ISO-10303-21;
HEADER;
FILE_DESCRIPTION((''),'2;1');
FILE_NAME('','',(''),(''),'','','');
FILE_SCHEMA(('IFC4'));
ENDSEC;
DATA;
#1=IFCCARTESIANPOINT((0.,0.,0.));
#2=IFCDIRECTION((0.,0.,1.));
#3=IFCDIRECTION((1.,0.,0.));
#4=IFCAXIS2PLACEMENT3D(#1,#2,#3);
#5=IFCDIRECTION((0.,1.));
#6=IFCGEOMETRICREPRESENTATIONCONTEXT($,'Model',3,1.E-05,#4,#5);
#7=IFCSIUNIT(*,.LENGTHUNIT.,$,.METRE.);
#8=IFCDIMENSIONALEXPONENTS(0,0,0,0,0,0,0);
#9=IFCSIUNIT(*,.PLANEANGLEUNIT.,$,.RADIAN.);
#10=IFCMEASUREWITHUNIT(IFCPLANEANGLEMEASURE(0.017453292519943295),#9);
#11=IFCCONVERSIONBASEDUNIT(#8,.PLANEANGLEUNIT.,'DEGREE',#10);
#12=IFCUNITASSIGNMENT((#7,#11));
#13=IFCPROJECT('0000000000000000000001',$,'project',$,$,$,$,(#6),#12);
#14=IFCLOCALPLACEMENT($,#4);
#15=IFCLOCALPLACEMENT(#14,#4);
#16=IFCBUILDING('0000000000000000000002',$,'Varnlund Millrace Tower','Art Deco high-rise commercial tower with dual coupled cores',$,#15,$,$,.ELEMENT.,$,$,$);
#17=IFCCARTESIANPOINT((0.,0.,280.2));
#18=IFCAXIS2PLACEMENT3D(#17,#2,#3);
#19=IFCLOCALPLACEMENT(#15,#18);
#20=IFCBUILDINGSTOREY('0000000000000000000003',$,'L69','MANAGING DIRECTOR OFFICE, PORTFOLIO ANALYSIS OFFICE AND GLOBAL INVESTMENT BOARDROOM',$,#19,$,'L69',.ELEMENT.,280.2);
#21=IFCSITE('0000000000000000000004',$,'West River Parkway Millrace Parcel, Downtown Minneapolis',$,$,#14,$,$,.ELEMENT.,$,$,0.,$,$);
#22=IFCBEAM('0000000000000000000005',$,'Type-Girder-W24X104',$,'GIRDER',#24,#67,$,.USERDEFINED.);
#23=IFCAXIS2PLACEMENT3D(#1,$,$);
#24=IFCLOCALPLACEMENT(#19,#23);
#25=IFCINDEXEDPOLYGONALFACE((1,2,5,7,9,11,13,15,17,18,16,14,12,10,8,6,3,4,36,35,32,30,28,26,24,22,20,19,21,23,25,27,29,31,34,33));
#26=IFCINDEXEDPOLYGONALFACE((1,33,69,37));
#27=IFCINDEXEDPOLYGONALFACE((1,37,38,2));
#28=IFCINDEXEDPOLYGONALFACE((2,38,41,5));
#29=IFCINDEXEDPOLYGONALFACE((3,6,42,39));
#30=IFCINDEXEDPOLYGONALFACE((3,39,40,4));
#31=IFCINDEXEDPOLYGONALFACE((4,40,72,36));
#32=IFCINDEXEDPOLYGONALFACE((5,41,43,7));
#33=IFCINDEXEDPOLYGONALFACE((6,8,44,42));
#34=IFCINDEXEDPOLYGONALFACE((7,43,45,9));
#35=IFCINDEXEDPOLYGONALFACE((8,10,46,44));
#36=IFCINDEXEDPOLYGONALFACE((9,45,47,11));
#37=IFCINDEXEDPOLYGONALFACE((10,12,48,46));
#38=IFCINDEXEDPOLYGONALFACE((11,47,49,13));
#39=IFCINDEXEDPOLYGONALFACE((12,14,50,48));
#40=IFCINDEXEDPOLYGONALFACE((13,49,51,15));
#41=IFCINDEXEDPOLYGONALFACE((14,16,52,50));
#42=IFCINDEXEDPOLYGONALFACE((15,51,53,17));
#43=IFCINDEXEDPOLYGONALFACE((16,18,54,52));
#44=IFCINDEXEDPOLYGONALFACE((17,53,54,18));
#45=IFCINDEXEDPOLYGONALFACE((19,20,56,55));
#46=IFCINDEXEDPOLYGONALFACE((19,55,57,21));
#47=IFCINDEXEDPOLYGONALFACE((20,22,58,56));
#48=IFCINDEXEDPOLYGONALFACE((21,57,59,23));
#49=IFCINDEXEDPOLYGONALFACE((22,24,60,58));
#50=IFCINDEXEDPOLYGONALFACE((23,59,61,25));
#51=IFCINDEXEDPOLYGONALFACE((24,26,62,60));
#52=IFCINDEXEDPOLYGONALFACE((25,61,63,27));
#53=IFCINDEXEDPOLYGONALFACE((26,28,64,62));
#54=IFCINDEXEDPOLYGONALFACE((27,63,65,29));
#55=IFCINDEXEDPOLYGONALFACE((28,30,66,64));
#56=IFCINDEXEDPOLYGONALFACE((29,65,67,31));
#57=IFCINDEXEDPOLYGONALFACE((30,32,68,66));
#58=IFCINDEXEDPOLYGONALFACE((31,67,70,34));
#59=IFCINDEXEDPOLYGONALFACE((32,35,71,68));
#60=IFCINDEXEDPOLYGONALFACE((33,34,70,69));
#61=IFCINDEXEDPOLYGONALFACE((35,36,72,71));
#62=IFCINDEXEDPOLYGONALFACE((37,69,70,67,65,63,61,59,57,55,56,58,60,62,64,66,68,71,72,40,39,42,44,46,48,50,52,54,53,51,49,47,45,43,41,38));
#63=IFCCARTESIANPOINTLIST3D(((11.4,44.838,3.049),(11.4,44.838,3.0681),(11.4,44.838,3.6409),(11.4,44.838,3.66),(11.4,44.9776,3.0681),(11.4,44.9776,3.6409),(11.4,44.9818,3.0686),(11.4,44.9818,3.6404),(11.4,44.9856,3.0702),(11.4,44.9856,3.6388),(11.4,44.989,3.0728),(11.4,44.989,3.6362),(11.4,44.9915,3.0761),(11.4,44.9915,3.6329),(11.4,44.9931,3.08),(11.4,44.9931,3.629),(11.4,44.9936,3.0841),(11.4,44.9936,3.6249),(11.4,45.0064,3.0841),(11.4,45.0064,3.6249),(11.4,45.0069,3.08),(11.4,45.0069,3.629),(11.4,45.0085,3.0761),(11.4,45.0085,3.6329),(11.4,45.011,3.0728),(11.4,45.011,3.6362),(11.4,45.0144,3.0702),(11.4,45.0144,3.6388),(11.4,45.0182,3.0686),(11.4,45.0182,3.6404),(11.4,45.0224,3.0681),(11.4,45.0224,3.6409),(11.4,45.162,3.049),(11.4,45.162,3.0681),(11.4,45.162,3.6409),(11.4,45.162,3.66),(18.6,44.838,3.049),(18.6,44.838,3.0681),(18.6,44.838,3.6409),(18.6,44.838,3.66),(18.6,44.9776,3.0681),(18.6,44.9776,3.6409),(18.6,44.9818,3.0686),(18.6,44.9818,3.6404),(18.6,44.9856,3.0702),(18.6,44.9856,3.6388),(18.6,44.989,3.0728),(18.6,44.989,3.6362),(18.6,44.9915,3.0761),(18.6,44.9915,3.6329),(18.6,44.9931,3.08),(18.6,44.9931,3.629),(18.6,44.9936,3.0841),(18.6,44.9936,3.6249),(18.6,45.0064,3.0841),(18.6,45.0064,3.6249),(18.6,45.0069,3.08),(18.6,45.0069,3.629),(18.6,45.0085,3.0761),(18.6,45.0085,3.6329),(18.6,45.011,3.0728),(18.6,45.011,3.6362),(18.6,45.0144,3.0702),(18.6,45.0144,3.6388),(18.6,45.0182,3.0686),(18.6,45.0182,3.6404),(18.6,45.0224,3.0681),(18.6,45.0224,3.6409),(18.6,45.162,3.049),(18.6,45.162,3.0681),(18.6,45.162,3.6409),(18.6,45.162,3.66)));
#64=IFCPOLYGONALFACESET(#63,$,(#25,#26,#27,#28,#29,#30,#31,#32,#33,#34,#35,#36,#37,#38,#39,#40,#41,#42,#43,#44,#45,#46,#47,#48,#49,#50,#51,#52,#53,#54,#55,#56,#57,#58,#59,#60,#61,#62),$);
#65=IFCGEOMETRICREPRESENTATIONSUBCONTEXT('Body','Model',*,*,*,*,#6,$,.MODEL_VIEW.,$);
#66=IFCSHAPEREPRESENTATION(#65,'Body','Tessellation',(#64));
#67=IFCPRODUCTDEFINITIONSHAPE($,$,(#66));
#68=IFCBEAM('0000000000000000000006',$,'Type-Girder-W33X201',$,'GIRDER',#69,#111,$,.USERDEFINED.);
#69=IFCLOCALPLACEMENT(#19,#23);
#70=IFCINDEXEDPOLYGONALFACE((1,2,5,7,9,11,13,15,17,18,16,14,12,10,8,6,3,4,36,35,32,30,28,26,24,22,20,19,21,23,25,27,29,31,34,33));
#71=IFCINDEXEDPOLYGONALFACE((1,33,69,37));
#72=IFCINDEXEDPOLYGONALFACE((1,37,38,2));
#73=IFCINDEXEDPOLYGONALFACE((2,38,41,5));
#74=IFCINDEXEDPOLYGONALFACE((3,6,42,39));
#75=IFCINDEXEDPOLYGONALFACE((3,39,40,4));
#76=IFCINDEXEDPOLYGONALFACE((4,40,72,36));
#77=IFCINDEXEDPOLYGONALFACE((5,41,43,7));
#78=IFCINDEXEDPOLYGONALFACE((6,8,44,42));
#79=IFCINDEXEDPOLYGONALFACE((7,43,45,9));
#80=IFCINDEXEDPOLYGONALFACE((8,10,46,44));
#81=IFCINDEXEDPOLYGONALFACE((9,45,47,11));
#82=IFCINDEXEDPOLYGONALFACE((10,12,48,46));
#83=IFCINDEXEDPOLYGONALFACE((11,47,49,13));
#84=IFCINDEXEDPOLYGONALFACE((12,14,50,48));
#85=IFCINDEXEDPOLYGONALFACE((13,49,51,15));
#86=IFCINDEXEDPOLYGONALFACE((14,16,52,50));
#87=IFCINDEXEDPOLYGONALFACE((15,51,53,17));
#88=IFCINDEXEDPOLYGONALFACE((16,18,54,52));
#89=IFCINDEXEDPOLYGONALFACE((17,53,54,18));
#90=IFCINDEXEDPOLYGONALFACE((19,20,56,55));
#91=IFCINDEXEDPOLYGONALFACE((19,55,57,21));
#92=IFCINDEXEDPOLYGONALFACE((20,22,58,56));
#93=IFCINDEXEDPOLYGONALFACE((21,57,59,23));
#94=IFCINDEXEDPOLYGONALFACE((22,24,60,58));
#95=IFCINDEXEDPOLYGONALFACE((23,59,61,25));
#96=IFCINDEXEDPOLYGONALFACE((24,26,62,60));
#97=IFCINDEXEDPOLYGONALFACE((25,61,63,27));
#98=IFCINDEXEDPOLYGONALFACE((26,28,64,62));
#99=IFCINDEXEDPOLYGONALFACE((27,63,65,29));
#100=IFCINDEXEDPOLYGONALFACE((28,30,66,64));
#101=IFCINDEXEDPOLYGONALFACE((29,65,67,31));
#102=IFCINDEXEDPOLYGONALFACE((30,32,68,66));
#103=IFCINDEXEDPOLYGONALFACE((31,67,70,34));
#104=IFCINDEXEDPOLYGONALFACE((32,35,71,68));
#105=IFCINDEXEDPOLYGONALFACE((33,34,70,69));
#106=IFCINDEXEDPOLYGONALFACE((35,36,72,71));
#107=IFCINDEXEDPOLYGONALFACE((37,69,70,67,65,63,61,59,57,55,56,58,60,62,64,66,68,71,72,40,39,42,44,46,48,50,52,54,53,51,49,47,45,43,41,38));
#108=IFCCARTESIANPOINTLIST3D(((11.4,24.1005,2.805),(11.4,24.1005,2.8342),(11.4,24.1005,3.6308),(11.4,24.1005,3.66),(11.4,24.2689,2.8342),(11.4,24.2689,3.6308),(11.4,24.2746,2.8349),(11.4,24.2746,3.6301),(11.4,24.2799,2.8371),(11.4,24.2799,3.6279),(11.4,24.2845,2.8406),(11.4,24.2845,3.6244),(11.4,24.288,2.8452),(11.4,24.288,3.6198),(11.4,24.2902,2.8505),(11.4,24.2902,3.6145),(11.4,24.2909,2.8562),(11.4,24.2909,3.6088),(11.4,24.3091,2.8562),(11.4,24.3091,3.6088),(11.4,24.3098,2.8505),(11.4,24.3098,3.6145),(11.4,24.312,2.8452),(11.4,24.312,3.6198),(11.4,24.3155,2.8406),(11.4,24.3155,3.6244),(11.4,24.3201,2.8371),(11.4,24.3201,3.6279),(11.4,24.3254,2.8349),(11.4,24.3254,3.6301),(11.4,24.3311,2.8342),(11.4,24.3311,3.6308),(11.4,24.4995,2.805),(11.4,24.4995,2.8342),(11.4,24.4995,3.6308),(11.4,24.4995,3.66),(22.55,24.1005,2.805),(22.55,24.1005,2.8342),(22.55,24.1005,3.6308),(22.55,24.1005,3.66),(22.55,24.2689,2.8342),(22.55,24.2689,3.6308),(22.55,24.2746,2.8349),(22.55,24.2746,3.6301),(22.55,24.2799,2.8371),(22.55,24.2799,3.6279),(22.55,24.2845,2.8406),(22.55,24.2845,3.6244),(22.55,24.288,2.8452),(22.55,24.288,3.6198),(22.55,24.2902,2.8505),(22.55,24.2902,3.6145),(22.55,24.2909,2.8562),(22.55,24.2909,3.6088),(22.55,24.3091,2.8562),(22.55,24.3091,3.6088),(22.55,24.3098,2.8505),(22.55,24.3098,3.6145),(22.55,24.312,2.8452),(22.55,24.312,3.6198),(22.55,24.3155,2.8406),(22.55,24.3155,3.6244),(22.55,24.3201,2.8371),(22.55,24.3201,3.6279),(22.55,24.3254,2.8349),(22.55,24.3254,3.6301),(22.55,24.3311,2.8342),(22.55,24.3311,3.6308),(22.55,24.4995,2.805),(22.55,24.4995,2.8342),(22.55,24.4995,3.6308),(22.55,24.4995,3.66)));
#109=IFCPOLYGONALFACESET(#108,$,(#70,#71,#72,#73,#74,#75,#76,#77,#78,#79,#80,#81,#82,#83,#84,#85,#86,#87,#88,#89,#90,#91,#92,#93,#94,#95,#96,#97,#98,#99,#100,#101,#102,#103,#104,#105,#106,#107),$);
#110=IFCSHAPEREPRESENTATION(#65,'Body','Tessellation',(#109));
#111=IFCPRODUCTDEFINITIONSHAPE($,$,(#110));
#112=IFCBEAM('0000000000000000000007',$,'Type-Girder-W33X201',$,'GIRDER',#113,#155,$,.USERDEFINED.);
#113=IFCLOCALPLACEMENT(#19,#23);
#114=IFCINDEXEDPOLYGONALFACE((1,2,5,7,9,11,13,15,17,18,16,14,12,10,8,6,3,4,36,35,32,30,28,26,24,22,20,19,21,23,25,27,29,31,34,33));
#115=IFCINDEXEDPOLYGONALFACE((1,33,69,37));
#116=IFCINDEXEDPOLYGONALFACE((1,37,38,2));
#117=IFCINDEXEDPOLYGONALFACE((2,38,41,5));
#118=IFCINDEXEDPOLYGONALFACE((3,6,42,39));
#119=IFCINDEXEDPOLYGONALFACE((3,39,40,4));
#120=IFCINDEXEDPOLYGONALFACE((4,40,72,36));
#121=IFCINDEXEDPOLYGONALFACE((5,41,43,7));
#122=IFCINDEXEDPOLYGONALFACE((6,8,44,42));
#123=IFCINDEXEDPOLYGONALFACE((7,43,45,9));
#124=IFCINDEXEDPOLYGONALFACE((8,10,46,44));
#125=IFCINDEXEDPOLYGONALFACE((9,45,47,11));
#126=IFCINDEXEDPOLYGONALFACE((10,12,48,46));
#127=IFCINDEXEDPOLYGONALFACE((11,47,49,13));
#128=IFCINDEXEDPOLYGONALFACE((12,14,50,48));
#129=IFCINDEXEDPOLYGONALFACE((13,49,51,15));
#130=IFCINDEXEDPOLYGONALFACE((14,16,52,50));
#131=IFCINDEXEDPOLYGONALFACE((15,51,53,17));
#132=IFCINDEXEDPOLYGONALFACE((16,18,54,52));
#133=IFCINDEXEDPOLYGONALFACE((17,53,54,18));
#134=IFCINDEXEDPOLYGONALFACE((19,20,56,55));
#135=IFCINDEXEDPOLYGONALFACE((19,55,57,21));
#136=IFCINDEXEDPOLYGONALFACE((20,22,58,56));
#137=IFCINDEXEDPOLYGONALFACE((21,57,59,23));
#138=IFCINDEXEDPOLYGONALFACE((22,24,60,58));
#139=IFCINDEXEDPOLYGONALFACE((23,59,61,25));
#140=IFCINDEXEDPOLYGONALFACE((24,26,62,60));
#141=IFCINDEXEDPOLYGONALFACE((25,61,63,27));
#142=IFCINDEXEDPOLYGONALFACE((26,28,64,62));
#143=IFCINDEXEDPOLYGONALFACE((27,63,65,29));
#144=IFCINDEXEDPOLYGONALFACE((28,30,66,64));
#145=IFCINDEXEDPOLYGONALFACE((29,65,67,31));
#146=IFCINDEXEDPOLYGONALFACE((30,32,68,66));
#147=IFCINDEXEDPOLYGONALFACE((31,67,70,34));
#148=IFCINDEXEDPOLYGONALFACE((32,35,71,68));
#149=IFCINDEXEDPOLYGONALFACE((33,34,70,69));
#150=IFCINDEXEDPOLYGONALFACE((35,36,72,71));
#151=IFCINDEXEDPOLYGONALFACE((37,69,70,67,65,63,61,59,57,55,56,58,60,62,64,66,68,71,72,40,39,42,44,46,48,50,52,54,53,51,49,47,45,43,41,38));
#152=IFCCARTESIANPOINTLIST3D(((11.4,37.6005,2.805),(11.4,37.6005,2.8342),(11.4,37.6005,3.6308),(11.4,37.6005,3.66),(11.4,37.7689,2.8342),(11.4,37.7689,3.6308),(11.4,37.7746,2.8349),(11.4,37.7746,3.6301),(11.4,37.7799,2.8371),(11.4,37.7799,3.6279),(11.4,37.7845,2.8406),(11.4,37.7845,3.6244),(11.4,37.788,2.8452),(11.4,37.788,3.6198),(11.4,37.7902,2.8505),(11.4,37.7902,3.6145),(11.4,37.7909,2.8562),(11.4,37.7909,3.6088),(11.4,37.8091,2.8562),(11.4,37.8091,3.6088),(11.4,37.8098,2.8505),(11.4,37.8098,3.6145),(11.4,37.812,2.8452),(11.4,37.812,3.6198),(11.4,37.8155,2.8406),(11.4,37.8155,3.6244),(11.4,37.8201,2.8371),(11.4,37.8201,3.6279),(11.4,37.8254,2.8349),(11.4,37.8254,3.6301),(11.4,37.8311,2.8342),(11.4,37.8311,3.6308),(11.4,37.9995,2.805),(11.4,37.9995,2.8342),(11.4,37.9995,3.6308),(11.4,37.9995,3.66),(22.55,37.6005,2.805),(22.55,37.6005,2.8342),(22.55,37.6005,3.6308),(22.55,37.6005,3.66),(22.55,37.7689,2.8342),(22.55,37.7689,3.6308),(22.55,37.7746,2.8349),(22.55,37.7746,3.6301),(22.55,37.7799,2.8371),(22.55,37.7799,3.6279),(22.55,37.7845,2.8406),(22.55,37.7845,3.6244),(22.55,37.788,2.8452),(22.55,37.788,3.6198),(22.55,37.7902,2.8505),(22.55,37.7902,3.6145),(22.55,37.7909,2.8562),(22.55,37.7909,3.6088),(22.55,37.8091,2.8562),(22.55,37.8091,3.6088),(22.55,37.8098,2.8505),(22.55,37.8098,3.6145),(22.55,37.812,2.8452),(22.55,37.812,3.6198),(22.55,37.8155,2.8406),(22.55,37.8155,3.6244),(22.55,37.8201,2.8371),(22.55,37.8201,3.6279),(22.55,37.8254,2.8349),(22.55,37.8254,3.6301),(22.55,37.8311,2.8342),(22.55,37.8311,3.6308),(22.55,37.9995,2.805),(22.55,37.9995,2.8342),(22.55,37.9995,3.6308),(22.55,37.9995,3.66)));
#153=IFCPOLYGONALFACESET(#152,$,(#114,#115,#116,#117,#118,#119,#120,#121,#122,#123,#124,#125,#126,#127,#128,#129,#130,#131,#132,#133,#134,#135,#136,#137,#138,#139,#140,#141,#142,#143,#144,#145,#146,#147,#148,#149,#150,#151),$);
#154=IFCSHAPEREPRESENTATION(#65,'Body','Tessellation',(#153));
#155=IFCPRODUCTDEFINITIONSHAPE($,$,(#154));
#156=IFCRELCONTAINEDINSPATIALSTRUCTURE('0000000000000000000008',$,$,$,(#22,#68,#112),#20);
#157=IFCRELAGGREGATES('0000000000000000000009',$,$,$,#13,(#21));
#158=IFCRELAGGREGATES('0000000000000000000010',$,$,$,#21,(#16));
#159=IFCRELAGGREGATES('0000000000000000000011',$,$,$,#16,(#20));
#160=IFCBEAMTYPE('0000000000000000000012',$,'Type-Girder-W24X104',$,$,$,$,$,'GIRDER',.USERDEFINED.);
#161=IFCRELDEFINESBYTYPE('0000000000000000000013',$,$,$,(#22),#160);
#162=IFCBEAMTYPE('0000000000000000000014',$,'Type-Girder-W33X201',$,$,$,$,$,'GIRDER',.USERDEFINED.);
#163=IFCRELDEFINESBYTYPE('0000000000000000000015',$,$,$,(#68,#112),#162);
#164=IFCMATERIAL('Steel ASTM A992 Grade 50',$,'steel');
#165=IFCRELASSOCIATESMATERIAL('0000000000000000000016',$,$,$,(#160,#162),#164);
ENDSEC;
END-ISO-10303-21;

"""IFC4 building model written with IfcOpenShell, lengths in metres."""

from ifc_helpers import new_model, entity, si_unit, converted_unit, direction, frame, origin_with_axes, origin_2d_with_axis, place, context, subcontext, project, spatial, i_section, extrude, material, material_profile, profile_set, type_object, element, save


model = new_model("IFC4")

# Units and contexts
model_context = context("Model", 3, precision=1e-05, world=origin_with_axes(), true_north=direction((0.0, 1.0)))
body_context = subcontext(model_context, "Body", "Model", "MODEL_VIEW")
ifc_project = project(units=[si_unit("LENGTHUNIT", "METRE"), converted_unit("PLANEANGLEUNIT", "DEGREE", entity("IfcPlaneAngleMeasure", 0.017453292519943295), si_unit("PLANEANGLEUNIT", "RADIAN"), dimensions=[0, 0, 0, 0, 0, 0, 0])], contexts=[model_context])

# Site, building, storey
site_placement = place(None, origin_with_axes())
site = spatial("IfcSite", under=ifc_project, at=site_placement, Name="West River Parkway Millrace Parcel, Downtown Minneapolis", CompositionType="ELEMENT", RefElevation=0.0)
building_placement = place(site_placement, origin_with_axes())
building = spatial("IfcBuilding", under=site, at=building_placement, Name="Varnlund Millrace Tower", Description="Art Deco high-rise commercial tower with dual coupled cores", CompositionType="ELEMENT")
storey_placement = place(building_placement, frame((0.0, 0.0, 280.2), z_axis=(0.0, 0.0, 1.0), x_axis=(1.0, 0.0, 0.0)))
storey = spatial("IfcBuildingStorey", under=building, at=storey_placement, Name="L69", Description="MANAGING DIRECTOR OFFICE, PORTFOLIO ANALYSIS OFFICE AND GLOBAL INVESTMENT BOARDROOM", LongName="L69", CompositionType="ELEMENT", Elevation=280.2)

# Beams
ifc_material_1 = material(Name="Steel ASTM A992 Grade 50", Category="steel")
ifc_material_profile_1 = material_profile(ifc_material_1, i_section(OverallWidth=0.324, OverallDepth=0.611, WebThickness=0.0127, FlangeThickness=0.0191, FilletRadius=0.016, at=origin_2d_with_axis()), Name="Steel ASTM A992 Grade 50")
ifc_profile_set_1 = profile_set([ifc_material_profile_1], Name="Steel ASTM A992 Grade 50")
beam_type_1 = type_object("IfcBeamType", Name="Type-Girder-W24X104", ElementType="GIRDER", PredefinedType="USERDEFINED", material=ifc_profile_set_1)
for number, where, z_axis, x_axis, name in (
    (1, (11.4, 45.0, 3.3545), (1.0, 0.0, 0.0), (0.0, 1.0, 0.0), "Type-Girder-W24X104"),
):
    element("IfcBeam", number, at=place(storey_placement, frame(where, z_axis=z_axis, x_axis=x_axis)), inside=storey, type_object=beam_type_1, Name=name, ObjectType="GIRDER", PredefinedType="USERDEFINED", context=body_context, shape_type="SweptSolid", body=[
        extrude(i_section(OverallWidth=0.324, OverallDepth=0.611, WebThickness=0.0127, FlangeThickness=0.0191, FilletRadius=0.016, at=origin_2d_with_axis()), origin_with_axes(), (0.0, 0.0, 1.0), 7.2),
    ])
ifc_material_profile_2 = material_profile(ifc_material_1, i_section(OverallWidth=0.399, OverallDepth=0.855, WebThickness=0.0182, FlangeThickness=0.0292, FilletRadius=0.022, at=origin_2d_with_axis()), Name="Steel ASTM A992 Grade 50")
ifc_profile_set_2 = profile_set([ifc_material_profile_2], Name="Steel ASTM A992 Grade 50")
beam_type_2 = type_object("IfcBeamType", Name="Type-Girder-W33X201", ElementType="GIRDER", PredefinedType="USERDEFINED", material=ifc_profile_set_2)
for number, where, z_axis, x_axis, name in (
    (2, (11.4, 24.3, 3.2325), (1.0, 0.0, 0.0), (0.0, 1.0, 0.0), "Type-Girder-W33X201"),
    (3, (11.4, 37.8, 3.2325), (1.0, 0.0, 0.0), (0.0, 1.0, 0.0), "Type-Girder-W33X201"),
):
    element("IfcBeam", number, at=place(storey_placement, frame(where, z_axis=z_axis, x_axis=x_axis)), inside=storey, type_object=beam_type_2, Name=name, ObjectType="GIRDER", PredefinedType="USERDEFINED", context=body_context, shape_type="SweptSolid", body=[
        extrude(i_section(OverallWidth=0.399, OverallDepth=0.855, WebThickness=0.0182, FlangeThickness=0.0292, FilletRadius=0.022, at=origin_2d_with_axis()), origin_with_axes(), (0.0, 0.0, 1.0), 11.15),
    ])

save(model, "model.ifc")
